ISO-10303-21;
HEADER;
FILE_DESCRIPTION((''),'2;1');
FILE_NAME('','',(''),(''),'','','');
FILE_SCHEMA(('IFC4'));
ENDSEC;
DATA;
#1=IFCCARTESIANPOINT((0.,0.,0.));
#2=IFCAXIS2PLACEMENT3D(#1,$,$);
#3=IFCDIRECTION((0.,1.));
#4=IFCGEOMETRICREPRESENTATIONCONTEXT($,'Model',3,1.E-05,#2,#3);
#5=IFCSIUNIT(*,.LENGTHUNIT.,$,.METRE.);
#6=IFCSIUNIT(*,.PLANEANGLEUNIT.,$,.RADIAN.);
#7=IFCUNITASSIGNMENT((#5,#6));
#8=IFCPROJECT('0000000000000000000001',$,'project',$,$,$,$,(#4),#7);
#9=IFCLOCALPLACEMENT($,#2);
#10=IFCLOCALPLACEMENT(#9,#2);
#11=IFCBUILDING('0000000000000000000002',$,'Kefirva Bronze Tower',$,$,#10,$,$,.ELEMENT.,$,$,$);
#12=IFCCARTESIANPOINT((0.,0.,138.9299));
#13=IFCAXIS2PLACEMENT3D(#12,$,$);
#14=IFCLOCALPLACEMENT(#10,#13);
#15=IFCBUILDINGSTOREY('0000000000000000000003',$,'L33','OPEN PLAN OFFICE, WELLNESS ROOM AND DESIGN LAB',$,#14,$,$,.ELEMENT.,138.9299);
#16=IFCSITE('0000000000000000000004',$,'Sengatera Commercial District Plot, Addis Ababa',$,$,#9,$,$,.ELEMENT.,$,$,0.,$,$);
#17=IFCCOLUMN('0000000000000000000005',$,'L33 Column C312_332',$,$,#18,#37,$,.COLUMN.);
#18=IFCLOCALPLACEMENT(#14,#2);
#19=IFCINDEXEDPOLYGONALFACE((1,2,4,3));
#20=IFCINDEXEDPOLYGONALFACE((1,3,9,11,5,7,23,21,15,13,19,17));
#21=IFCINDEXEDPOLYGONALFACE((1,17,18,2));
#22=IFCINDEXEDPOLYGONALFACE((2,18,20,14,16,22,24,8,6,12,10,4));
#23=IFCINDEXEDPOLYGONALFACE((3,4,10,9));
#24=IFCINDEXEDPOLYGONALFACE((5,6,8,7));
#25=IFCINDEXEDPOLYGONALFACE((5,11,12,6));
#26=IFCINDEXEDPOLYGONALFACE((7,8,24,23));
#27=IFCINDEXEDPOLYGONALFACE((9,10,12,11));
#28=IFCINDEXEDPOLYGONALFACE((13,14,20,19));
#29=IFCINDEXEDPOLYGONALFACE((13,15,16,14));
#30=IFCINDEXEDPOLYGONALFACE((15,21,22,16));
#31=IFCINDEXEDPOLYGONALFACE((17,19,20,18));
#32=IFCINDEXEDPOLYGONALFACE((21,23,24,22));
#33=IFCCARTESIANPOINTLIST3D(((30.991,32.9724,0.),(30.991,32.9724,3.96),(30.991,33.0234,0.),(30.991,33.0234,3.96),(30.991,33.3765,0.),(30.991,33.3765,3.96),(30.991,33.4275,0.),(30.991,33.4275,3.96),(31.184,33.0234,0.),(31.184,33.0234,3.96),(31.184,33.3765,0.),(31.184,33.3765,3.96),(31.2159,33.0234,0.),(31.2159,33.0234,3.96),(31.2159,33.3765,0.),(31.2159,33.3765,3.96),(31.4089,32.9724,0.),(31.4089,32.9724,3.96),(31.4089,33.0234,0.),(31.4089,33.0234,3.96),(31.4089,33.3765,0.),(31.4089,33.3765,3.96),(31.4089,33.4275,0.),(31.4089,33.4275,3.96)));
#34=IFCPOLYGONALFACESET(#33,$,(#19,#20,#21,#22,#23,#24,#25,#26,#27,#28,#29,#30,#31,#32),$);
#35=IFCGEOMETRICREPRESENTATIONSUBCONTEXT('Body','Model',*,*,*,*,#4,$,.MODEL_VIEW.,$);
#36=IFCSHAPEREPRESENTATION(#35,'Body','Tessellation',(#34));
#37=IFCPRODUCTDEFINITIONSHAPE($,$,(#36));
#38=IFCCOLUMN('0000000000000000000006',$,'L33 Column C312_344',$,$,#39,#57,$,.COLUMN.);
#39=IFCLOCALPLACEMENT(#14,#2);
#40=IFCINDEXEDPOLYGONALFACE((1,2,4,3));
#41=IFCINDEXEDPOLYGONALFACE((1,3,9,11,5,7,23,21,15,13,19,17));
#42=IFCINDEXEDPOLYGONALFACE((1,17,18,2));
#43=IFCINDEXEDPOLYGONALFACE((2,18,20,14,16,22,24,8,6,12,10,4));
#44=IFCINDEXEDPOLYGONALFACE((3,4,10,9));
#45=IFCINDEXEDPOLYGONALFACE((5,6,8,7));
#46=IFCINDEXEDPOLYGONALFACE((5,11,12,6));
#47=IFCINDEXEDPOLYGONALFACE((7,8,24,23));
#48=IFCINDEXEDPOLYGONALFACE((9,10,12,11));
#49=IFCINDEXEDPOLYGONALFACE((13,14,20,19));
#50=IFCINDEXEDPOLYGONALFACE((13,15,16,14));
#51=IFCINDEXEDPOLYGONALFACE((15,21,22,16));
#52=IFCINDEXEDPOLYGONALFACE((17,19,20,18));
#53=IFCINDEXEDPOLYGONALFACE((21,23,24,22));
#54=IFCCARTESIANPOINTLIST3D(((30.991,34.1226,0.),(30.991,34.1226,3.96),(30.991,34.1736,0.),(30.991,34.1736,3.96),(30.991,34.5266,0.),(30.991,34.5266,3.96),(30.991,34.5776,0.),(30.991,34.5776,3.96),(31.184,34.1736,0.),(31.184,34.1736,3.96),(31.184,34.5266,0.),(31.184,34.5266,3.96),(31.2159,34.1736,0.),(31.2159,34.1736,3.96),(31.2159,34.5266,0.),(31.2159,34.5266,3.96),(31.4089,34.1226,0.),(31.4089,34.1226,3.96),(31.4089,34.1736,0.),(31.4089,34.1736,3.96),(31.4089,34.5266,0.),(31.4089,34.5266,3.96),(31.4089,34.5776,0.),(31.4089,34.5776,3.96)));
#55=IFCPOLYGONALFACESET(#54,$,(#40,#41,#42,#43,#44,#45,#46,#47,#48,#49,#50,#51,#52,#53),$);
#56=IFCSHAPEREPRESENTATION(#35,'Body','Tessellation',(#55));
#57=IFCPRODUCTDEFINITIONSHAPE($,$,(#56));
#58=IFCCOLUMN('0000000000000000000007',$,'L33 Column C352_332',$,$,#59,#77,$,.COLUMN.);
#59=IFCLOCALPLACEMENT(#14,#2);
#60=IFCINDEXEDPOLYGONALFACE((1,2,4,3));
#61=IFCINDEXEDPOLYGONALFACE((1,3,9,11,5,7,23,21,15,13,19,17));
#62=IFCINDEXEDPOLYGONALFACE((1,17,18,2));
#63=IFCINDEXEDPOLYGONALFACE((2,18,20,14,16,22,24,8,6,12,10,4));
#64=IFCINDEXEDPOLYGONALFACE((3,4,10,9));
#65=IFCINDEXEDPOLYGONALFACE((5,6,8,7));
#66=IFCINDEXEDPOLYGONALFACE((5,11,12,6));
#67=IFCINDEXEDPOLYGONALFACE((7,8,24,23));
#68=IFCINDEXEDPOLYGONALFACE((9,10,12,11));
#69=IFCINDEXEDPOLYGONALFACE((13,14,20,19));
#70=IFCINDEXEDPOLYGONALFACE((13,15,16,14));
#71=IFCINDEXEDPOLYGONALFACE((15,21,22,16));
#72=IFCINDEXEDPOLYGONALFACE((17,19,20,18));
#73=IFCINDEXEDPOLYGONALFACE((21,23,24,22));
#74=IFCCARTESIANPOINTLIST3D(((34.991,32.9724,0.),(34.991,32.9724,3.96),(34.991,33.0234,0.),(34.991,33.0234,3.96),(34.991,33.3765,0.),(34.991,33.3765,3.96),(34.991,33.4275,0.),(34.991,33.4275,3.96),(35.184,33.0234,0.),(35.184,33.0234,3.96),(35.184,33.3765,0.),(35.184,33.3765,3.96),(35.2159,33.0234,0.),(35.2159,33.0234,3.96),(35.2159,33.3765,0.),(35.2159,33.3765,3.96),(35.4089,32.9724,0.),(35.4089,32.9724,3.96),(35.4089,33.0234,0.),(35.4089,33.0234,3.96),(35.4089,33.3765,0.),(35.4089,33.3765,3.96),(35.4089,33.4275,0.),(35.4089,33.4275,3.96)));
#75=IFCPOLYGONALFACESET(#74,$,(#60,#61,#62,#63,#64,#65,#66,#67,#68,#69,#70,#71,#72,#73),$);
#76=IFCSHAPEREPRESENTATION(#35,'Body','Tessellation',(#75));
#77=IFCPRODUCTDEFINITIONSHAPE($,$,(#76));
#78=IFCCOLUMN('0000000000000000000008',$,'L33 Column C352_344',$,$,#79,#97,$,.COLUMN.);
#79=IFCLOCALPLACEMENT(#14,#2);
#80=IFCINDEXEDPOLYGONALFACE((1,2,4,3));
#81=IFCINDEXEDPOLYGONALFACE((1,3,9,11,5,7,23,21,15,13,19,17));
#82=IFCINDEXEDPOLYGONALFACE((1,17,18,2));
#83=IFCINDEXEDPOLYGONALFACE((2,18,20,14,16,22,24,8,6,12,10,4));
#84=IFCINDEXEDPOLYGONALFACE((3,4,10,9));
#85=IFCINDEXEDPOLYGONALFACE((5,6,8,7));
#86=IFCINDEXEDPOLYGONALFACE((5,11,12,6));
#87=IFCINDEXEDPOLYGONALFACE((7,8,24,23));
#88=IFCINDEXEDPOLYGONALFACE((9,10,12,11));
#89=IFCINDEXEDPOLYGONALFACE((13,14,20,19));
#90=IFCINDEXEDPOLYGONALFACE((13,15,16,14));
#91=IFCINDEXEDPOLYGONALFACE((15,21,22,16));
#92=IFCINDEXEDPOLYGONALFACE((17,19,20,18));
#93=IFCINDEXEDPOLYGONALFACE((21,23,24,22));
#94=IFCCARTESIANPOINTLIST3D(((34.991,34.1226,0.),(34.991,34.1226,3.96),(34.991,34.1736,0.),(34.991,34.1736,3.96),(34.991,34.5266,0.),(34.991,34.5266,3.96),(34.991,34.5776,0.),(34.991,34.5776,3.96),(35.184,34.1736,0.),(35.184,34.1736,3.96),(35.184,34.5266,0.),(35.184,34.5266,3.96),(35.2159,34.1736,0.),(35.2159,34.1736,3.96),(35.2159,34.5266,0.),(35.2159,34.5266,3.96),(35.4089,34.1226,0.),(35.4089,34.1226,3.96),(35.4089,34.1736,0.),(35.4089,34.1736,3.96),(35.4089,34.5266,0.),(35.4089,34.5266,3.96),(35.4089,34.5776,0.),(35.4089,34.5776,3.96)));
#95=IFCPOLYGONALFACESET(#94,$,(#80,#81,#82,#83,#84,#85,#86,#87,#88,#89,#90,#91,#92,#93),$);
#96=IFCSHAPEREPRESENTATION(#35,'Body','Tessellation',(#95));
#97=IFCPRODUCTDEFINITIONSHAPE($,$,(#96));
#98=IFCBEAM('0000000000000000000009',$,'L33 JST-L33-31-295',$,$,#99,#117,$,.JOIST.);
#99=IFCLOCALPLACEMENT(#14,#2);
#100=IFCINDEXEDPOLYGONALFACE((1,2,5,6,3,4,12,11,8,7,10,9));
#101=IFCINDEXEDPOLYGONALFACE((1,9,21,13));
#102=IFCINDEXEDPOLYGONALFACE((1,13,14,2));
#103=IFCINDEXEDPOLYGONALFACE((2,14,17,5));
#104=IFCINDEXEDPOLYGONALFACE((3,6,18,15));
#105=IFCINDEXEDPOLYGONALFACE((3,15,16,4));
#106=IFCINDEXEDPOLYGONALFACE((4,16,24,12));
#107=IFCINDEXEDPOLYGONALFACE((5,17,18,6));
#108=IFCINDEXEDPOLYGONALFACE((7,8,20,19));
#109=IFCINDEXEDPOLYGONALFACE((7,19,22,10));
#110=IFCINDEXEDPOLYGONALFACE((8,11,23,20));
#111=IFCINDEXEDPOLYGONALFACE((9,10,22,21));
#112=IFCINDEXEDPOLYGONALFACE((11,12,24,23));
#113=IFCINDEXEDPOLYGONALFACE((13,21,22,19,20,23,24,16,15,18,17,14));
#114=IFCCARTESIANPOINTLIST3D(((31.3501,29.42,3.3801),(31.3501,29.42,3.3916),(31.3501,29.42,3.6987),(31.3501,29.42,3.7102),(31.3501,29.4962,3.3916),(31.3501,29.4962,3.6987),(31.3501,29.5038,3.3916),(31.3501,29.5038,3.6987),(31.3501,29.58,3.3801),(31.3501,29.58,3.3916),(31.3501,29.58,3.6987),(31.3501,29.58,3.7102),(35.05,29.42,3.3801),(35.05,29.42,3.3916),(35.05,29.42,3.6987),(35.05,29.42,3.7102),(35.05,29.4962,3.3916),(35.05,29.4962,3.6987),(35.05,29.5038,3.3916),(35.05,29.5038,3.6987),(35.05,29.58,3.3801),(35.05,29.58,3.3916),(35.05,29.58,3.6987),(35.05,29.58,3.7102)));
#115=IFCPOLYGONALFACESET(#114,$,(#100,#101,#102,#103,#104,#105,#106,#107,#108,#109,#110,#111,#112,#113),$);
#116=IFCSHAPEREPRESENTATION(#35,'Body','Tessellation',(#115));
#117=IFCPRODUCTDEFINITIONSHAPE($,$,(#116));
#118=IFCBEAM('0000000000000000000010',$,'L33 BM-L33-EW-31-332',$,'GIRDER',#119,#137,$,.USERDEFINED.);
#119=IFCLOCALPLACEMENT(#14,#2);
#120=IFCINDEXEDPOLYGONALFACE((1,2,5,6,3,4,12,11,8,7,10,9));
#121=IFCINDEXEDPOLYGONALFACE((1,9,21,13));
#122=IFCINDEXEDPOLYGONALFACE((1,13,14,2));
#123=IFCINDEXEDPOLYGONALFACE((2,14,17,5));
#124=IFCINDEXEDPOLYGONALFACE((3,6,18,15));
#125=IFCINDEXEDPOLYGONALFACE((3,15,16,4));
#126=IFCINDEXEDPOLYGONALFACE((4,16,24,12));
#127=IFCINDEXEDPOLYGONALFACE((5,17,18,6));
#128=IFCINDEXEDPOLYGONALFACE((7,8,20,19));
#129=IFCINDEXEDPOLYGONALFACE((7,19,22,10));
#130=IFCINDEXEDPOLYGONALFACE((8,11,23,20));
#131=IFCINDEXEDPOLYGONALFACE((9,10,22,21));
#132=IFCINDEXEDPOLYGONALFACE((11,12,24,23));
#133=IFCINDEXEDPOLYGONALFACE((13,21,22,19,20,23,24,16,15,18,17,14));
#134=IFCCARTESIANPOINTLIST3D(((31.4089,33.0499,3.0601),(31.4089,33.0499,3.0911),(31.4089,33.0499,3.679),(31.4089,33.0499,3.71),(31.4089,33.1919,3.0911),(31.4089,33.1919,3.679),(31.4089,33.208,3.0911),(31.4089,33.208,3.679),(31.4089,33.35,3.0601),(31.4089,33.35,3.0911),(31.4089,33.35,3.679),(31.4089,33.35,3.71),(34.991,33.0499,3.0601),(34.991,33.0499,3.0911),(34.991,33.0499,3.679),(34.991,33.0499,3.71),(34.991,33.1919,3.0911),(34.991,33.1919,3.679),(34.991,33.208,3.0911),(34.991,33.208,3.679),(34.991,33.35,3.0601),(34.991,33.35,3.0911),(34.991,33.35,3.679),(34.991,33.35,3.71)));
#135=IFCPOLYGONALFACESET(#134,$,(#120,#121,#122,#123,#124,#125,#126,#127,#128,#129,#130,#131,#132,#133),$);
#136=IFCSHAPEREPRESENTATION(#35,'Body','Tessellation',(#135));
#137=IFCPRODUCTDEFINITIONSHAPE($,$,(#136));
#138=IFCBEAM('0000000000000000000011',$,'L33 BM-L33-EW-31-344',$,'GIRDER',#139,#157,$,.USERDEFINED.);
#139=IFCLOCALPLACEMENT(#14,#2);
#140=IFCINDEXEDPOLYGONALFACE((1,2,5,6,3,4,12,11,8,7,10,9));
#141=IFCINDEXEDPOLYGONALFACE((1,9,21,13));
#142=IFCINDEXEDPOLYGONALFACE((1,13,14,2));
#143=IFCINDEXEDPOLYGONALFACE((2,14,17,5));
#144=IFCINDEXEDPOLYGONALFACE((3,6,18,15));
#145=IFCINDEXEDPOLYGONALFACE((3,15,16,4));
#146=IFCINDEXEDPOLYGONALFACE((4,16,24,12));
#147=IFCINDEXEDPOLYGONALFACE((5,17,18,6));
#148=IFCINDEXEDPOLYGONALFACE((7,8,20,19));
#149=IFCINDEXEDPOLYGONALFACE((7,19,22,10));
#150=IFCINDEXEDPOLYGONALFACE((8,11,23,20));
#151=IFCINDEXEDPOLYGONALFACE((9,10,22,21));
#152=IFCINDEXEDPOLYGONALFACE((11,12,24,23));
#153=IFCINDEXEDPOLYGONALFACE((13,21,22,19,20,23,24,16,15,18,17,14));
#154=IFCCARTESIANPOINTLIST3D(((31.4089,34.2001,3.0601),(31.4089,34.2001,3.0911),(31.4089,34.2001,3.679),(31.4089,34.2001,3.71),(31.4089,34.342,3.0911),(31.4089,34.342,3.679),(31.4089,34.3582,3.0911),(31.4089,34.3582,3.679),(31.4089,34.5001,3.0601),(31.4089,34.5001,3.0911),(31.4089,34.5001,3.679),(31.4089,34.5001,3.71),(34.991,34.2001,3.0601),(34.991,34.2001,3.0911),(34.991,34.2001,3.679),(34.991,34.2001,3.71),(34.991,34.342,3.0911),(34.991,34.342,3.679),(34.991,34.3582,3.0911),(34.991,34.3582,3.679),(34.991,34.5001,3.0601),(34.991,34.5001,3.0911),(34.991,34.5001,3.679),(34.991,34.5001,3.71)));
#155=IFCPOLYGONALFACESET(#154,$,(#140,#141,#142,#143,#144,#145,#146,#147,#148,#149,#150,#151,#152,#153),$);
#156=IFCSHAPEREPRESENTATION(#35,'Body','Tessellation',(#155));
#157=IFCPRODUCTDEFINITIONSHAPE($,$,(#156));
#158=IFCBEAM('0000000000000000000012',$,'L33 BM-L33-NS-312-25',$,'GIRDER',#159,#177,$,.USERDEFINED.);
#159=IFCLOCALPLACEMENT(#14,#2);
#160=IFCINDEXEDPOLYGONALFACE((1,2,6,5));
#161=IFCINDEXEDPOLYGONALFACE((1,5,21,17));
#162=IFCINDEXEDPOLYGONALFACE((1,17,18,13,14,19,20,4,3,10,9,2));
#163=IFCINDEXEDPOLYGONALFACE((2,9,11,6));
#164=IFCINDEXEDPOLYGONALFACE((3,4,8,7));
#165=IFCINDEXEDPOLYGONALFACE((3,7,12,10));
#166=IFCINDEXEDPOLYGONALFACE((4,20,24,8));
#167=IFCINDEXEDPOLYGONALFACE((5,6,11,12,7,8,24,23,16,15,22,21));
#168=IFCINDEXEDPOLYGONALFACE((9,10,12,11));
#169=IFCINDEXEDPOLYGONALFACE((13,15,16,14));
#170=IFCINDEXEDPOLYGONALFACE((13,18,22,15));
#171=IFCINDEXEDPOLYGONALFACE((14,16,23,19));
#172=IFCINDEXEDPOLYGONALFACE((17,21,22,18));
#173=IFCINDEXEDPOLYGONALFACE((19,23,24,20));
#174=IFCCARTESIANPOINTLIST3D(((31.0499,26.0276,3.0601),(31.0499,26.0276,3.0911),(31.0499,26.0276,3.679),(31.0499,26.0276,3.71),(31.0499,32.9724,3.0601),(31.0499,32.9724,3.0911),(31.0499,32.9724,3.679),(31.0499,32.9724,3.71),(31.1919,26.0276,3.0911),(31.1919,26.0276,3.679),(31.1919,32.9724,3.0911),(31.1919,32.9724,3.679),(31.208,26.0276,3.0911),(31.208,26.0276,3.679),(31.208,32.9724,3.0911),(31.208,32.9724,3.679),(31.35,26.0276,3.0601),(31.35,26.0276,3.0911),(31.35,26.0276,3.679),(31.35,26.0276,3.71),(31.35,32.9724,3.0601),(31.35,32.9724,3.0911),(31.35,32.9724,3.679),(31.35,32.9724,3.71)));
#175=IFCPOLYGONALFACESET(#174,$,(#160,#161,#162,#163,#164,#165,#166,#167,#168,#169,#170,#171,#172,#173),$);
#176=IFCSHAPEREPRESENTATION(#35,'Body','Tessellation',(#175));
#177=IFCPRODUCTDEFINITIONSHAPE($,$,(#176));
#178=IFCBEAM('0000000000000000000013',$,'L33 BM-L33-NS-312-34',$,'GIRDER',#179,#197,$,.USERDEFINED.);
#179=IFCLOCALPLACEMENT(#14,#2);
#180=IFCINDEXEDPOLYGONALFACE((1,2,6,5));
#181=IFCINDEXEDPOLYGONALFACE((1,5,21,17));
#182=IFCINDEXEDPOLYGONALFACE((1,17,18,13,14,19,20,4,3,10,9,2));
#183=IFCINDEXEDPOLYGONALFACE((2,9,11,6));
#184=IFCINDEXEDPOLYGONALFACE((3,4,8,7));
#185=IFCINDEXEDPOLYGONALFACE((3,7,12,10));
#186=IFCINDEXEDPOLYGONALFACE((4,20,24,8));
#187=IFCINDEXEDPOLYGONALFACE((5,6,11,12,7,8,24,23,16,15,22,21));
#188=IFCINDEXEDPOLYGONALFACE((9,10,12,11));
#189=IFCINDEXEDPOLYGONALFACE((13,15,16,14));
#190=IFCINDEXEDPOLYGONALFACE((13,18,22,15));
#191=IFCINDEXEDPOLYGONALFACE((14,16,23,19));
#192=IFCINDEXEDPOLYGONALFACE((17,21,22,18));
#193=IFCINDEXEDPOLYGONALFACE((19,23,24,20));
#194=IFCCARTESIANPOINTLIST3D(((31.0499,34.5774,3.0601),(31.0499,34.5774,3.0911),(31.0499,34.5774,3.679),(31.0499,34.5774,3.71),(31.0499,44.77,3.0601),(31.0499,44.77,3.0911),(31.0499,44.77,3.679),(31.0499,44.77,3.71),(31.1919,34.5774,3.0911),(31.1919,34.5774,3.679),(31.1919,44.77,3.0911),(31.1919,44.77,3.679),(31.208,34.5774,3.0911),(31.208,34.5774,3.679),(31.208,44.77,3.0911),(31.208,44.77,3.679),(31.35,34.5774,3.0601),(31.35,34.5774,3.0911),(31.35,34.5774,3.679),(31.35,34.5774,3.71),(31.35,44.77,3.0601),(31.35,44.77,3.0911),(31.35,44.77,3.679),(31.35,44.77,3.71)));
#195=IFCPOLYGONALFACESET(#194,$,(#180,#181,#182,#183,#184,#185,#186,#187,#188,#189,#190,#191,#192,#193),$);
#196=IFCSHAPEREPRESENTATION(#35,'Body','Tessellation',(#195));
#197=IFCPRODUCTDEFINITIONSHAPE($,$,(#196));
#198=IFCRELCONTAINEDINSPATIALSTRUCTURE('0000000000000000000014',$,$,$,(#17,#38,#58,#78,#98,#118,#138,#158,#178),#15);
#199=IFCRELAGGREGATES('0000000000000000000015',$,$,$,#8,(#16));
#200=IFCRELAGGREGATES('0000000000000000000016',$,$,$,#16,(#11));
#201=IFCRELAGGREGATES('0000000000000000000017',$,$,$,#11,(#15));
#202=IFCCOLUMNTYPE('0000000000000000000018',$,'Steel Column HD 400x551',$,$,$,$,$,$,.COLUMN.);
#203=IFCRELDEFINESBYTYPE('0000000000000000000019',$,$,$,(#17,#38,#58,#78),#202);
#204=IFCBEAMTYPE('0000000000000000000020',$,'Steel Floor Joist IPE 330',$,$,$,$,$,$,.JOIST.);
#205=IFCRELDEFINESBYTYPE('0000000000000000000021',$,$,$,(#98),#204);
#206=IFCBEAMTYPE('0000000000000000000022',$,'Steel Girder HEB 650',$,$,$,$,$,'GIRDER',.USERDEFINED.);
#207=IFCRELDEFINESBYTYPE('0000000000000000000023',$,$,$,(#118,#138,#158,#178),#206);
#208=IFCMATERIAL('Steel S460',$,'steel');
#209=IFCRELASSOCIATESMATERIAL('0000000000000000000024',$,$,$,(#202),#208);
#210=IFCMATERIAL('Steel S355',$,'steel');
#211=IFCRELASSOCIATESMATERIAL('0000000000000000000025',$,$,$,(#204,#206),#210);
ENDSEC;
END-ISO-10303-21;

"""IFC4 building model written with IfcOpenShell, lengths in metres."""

from ifc_helpers import new_model, si_unit, direction, frame, origin, origin_2d, place, context, subcontext, project, spatial, i_section, extrude, material, material_profile, profile_set, type_object, element, save


model = new_model("IFC4")

# Units and contexts
model_context = context("Model", 3, precision=1e-05, world=origin(), true_north=direction((0.0, 1.0)))
body_context = subcontext(model_context, "Body", "Model", "MODEL_VIEW")
ifc_project = project(units=[si_unit("LENGTHUNIT", "METRE"), si_unit("PLANEANGLEUNIT", "RADIAN")], contexts=[model_context])

# Site, building, storey
site_placement = place(None, origin())
site = spatial("IfcSite", under=ifc_project, at=site_placement, Name="Sengatera Commercial District Plot, Addis Ababa", CompositionType="ELEMENT", RefElevation=0.0)
building_placement = place(site_placement, origin())
building = spatial("IfcBuilding", under=site, at=building_placement, Name="Kefirva Bronze Tower", CompositionType="ELEMENT")
storey_placement = place(building_placement, frame((0.0, 0.0, 138.9299)))
storey = spatial("IfcBuildingStorey", under=building, at=storey_placement, Name="L33", Description="OPEN PLAN OFFICE, WELLNESS ROOM AND DESIGN LAB", CompositionType="ELEMENT", Elevation=138.9299)

# Columns
ifc_material_1 = material(Name="Steel S460", Category="steel")
ifc_material_profile_1 = material_profile(ifc_material_1, i_section(OverallWidth=0.418, OverallDepth=0.4551, WebThickness=0.032, FlangeThickness=0.051, at=origin_2d()), Name="HD 400x551")
ifc_profile_set_1 = profile_set([ifc_material_profile_1], Name="Steel S460")
column_type = type_object("IfcColumnType", Name="Steel Column HD 400x551", PredefinedType="COLUMN", material=ifc_profile_set_1)
for number, where, z_axis, x_axis, name in (
    (1, (31.2, 33.2, 0.0), (0.0, 0.0, 1.0), (1.0, 0.0, 0.0), "L33 Column C312_332"),
    (2, (31.2, 34.3501, 0.0), (0.0, 0.0, 1.0), (1.0, 0.0, 0.0), "L33 Column C312_344"),
    (3, (35.2, 33.2, 0.0), (0.0, 0.0, 1.0), (1.0, 0.0, 0.0), "L33 Column C352_332"),
    (4, (35.2, 34.3501, 0.0), (0.0, 0.0, 1.0), (1.0, 0.0, 0.0), "L33 Column C352_344"),
):
    element("IfcColumn", number, at=place(storey_placement, frame(where, z_axis=z_axis, x_axis=x_axis)), inside=storey, type_object=column_type, Name=name, PredefinedType="COLUMN", context=body_context, shape_type="SweptSolid", body=[
        extrude(i_section(OverallWidth=0.418, OverallDepth=0.4551, WebThickness=0.032, FlangeThickness=0.051, at=origin_2d()), origin(), (0.0, 0.0, 1.0), 3.96),
    ])

# Beams
ifc_material_2 = material(Name="Steel S355", Category="steel")
ifc_material_profile_2 = material_profile(ifc_material_2, i_section(OverallWidth=0.1599, OverallDepth=0.3301, WebThickness=0.0076, FlangeThickness=0.0115, at=origin_2d()), Name="IPE 330")
ifc_profile_set_2 = profile_set([ifc_material_profile_2], Name="Steel S355")
beam_type_1 = type_object("IfcBeamType", Name="Steel Floor Joist IPE 330", PredefinedType="JOIST", material=ifc_profile_set_2)
beam_1_placement = place(storey_placement, frame((31.3501, 29.5, 3.5452), z_axis=(1.0, 0.0, 0.0), x_axis=(0.0, 1.0, 0.0)))
element("IfcBeam", 5, at=beam_1_placement, inside=storey, type_object=beam_type_1, Name="L33 JST-L33-31-295", PredefinedType="JOIST", context=body_context, shape_type="SweptSolid", body=[
    extrude(i_section(OverallWidth=0.1599, OverallDepth=0.3301, WebThickness=0.0076, FlangeThickness=0.0115, at=origin_2d()), origin(), (0.0, 0.0, 1.0), 3.7),
])
ifc_material_profile_3 = material_profile(ifc_material_2, i_section(OverallWidth=0.3, OverallDepth=0.6499, WebThickness=0.0161, FlangeThickness=0.031, at=origin_2d()), Name="HEB 650")
ifc_profile_set_3 = profile_set([ifc_material_profile_3], Name="Steel S355")
beam_type_2 = type_object("IfcBeamType", Name="Steel Girder HEB 650", ElementType="GIRDER", PredefinedType="USERDEFINED", material=ifc_profile_set_3)
for number, where, z_axis, x_axis, name in (
    (6, (31.4089, 33.2, 3.385), (1.0, 0.0, 0.0), (0.0, 1.0, 0.0), "L33 BM-L33-EW-31-332"),
    (7, (31.4089, 34.3501, 3.385), (1.0, 0.0, 0.0), (0.0, 1.0, 0.0), "L33 BM-L33-EW-31-344"),
):
    element("IfcBeam", number, at=place(storey_placement, frame(where, z_axis=z_axis, x_axis=x_axis)), inside=storey, type_object=beam_type_2, Name=name, ObjectType="GIRDER", PredefinedType="USERDEFINED", context=body_context, shape_type="SweptSolid", body=[
        extrude(i_section(OverallWidth=0.3, OverallDepth=0.6499, WebThickness=0.0161, FlangeThickness=0.031, at=origin_2d()), origin(), (0.0, 0.0, 1.0), 3.582),
    ])
beam_2_placement = place(storey_placement, frame((31.2, 26.0276, 3.385), z_axis=(0.0, 1.0, 0.0), x_axis=(-1.0, 0.0, 0.0)))
element("IfcBeam", 8, at=beam_2_placement, inside=storey, type_object=beam_type_2, Name="L33 BM-L33-NS-312-25", ObjectType="GIRDER", PredefinedType="USERDEFINED", context=body_context, shape_type="SweptSolid", body=[
    extrude(i_section(OverallWidth=0.3, OverallDepth=0.6499, WebThickness=0.0161, FlangeThickness=0.031, at=origin_2d()), origin(), (0.0, 0.0, 1.0), 6.9448),
])
beam_3_placement = place(storey_placement, frame((31.2, 34.5774, 3.385), z_axis=(0.0, 1.0, 0.0), x_axis=(-1.0, 0.0, 0.0)))
element("IfcBeam", 9, at=beam_3_placement, inside=storey, type_object=beam_type_2, Name="L33 BM-L33-NS-312-34", ObjectType="GIRDER", PredefinedType="USERDEFINED", context=body_context, shape_type="SweptSolid", body=[
    extrude(i_section(OverallWidth=0.3, OverallDepth=0.6499, WebThickness=0.0161, FlangeThickness=0.031, at=origin_2d()), origin(), (0.0, 0.0, 1.0), 10.1926),
])

save(model, "model.ifc")
